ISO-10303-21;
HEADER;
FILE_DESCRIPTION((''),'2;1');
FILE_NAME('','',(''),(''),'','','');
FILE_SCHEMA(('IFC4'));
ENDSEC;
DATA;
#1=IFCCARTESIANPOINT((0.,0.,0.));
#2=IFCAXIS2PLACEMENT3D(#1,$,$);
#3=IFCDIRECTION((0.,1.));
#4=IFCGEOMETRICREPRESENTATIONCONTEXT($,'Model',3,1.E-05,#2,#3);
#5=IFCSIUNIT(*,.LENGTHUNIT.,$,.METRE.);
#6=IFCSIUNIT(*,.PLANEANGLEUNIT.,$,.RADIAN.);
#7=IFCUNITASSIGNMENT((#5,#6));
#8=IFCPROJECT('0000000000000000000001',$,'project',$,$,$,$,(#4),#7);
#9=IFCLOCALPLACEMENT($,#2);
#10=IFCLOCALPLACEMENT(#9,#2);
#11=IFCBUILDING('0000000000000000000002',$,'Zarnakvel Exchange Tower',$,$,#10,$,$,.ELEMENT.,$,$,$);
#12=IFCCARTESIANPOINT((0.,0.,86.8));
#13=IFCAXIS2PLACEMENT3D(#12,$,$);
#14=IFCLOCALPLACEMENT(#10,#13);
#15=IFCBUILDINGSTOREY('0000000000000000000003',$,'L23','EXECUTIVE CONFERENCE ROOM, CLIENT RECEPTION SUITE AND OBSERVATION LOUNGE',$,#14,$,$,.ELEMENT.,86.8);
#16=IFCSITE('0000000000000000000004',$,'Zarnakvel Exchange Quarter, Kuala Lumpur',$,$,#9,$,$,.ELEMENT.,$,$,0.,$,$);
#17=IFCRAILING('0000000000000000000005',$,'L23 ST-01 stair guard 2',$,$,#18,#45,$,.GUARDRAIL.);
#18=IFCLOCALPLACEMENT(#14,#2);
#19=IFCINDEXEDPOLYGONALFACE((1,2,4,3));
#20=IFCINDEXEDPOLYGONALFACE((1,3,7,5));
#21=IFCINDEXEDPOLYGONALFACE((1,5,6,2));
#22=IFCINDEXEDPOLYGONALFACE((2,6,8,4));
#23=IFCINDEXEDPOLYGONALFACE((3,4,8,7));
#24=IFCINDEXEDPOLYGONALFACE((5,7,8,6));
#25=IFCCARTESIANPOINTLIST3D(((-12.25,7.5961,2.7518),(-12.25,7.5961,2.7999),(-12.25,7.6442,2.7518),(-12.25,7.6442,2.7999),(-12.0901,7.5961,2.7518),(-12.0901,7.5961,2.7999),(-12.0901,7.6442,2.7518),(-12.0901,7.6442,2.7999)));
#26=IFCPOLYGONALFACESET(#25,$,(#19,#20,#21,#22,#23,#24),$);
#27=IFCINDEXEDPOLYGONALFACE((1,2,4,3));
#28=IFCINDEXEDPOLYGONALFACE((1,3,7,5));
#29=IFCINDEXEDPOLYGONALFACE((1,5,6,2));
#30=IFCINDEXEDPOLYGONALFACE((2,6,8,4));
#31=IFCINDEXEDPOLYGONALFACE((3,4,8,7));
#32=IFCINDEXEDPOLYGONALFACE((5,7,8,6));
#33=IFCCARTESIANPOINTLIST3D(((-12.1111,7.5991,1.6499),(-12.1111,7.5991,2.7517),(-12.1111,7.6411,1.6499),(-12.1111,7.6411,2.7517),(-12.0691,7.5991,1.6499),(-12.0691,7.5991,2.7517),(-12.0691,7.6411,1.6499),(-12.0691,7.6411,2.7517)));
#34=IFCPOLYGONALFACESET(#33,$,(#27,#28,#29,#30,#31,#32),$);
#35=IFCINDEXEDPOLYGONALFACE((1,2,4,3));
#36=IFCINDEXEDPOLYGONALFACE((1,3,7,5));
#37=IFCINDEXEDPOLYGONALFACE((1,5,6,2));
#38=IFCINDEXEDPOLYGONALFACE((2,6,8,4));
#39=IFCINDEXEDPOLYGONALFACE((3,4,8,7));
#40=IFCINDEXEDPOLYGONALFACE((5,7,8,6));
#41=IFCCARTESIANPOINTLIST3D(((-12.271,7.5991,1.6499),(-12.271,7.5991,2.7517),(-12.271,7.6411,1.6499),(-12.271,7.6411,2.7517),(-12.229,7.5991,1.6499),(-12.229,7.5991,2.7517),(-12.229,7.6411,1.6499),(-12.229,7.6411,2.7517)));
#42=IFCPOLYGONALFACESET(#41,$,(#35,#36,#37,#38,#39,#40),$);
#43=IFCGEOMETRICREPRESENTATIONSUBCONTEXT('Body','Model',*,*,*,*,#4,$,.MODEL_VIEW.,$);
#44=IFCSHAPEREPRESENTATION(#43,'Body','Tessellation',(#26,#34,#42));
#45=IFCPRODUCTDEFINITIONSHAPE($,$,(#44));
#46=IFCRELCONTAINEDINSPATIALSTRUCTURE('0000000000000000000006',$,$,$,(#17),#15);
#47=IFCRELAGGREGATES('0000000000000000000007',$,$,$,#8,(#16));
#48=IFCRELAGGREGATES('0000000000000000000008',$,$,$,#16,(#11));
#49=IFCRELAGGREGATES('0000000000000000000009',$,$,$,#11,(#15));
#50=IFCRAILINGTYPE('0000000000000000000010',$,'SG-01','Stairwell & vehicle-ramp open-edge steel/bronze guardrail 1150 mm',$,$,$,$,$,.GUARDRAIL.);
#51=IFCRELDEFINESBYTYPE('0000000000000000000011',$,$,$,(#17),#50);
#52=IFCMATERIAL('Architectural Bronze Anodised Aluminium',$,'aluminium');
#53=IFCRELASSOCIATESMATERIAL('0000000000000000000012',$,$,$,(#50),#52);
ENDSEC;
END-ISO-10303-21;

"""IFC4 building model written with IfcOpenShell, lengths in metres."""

from ifc_helpers import new_model, si_unit, direction, frame, origin, origin_2d, place, context, subcontext, project, spatial, rectangle, extrude, material, type_object, element, save


model = new_model("IFC4")

# Units and contexts
model_context = context("Model", 3, precision=1e-05, world=origin(), true_north=direction((0.0, 1.0)))
body_context = subcontext(model_context, "Body", "Model", "MODEL_VIEW")
ifc_project = project(units=[si_unit("LENGTHUNIT", "METRE"), si_unit("PLANEANGLEUNIT", "RADIAN")], contexts=[model_context])

# Site, building, storey
site_placement = place(None, origin())
site = spatial("IfcSite", under=ifc_project, at=site_placement, Name="Zarnakvel Exchange Quarter, Kuala Lumpur", CompositionType="ELEMENT", RefElevation=0.0)
building_placement = place(site_placement, origin())
building = spatial("IfcBuilding", under=site, at=building_placement, Name="Zarnakvel Exchange Tower", CompositionType="ELEMENT")
storey_placement = place(building_placement, frame((0.0, 0.0, 86.8)))
storey = spatial("IfcBuildingStorey", under=building, at=storey_placement, Name="L23", Description="EXECUTIVE CONFERENCE ROOM, CLIENT RECEPTION SUITE AND OBSERVATION LOUNGE", CompositionType="ELEMENT", Elevation=86.8)

# Shared definitions
ifc_material_1 = material(Name="Architectural Bronze Anodised Aluminium", Category="aluminium")

# Railing
railing_type_1 = type_object("IfcRailingType", Name="SG-01", Description="Stairwell & vehicle-ramp open-edge steel/bronze guardrail 1150 mm", PredefinedType="GUARDRAIL", material=ifc_material_1)
railing_1_placement = place(storey_placement, frame((-12.0901, 7.6201, 1.6499)))
element("IfcRailing", 1, at=railing_1_placement, inside=storey, type_object=railing_type_1, Name="L23 ST-01 stair guard 2", PredefinedType="GUARDRAIL", context=body_context, shape_type="SweptSolid", body=[
    extrude(rectangle(XDim=0.0481, YDim=0.0481, at=origin_2d()), frame((0.0, 0.0, 1.126), z_axis=(-1.0, 0.0, 0.0), x_axis=(0.0, -1.0, 0.0)), (0.0, 0.0, 1.0), 0.1599),
    extrude(rectangle(XDim=0.042, YDim=0.042, at=origin_2d()), origin(), (0.0, 0.0, 1.0), 1.1018),
    extrude(rectangle(XDim=0.042, YDim=0.042, at=origin_2d()), frame((-0.1599, 0.0, 0.0)), (0.0, 0.0, 1.0), 1.1018),
])

save(model, "model.ifc")
